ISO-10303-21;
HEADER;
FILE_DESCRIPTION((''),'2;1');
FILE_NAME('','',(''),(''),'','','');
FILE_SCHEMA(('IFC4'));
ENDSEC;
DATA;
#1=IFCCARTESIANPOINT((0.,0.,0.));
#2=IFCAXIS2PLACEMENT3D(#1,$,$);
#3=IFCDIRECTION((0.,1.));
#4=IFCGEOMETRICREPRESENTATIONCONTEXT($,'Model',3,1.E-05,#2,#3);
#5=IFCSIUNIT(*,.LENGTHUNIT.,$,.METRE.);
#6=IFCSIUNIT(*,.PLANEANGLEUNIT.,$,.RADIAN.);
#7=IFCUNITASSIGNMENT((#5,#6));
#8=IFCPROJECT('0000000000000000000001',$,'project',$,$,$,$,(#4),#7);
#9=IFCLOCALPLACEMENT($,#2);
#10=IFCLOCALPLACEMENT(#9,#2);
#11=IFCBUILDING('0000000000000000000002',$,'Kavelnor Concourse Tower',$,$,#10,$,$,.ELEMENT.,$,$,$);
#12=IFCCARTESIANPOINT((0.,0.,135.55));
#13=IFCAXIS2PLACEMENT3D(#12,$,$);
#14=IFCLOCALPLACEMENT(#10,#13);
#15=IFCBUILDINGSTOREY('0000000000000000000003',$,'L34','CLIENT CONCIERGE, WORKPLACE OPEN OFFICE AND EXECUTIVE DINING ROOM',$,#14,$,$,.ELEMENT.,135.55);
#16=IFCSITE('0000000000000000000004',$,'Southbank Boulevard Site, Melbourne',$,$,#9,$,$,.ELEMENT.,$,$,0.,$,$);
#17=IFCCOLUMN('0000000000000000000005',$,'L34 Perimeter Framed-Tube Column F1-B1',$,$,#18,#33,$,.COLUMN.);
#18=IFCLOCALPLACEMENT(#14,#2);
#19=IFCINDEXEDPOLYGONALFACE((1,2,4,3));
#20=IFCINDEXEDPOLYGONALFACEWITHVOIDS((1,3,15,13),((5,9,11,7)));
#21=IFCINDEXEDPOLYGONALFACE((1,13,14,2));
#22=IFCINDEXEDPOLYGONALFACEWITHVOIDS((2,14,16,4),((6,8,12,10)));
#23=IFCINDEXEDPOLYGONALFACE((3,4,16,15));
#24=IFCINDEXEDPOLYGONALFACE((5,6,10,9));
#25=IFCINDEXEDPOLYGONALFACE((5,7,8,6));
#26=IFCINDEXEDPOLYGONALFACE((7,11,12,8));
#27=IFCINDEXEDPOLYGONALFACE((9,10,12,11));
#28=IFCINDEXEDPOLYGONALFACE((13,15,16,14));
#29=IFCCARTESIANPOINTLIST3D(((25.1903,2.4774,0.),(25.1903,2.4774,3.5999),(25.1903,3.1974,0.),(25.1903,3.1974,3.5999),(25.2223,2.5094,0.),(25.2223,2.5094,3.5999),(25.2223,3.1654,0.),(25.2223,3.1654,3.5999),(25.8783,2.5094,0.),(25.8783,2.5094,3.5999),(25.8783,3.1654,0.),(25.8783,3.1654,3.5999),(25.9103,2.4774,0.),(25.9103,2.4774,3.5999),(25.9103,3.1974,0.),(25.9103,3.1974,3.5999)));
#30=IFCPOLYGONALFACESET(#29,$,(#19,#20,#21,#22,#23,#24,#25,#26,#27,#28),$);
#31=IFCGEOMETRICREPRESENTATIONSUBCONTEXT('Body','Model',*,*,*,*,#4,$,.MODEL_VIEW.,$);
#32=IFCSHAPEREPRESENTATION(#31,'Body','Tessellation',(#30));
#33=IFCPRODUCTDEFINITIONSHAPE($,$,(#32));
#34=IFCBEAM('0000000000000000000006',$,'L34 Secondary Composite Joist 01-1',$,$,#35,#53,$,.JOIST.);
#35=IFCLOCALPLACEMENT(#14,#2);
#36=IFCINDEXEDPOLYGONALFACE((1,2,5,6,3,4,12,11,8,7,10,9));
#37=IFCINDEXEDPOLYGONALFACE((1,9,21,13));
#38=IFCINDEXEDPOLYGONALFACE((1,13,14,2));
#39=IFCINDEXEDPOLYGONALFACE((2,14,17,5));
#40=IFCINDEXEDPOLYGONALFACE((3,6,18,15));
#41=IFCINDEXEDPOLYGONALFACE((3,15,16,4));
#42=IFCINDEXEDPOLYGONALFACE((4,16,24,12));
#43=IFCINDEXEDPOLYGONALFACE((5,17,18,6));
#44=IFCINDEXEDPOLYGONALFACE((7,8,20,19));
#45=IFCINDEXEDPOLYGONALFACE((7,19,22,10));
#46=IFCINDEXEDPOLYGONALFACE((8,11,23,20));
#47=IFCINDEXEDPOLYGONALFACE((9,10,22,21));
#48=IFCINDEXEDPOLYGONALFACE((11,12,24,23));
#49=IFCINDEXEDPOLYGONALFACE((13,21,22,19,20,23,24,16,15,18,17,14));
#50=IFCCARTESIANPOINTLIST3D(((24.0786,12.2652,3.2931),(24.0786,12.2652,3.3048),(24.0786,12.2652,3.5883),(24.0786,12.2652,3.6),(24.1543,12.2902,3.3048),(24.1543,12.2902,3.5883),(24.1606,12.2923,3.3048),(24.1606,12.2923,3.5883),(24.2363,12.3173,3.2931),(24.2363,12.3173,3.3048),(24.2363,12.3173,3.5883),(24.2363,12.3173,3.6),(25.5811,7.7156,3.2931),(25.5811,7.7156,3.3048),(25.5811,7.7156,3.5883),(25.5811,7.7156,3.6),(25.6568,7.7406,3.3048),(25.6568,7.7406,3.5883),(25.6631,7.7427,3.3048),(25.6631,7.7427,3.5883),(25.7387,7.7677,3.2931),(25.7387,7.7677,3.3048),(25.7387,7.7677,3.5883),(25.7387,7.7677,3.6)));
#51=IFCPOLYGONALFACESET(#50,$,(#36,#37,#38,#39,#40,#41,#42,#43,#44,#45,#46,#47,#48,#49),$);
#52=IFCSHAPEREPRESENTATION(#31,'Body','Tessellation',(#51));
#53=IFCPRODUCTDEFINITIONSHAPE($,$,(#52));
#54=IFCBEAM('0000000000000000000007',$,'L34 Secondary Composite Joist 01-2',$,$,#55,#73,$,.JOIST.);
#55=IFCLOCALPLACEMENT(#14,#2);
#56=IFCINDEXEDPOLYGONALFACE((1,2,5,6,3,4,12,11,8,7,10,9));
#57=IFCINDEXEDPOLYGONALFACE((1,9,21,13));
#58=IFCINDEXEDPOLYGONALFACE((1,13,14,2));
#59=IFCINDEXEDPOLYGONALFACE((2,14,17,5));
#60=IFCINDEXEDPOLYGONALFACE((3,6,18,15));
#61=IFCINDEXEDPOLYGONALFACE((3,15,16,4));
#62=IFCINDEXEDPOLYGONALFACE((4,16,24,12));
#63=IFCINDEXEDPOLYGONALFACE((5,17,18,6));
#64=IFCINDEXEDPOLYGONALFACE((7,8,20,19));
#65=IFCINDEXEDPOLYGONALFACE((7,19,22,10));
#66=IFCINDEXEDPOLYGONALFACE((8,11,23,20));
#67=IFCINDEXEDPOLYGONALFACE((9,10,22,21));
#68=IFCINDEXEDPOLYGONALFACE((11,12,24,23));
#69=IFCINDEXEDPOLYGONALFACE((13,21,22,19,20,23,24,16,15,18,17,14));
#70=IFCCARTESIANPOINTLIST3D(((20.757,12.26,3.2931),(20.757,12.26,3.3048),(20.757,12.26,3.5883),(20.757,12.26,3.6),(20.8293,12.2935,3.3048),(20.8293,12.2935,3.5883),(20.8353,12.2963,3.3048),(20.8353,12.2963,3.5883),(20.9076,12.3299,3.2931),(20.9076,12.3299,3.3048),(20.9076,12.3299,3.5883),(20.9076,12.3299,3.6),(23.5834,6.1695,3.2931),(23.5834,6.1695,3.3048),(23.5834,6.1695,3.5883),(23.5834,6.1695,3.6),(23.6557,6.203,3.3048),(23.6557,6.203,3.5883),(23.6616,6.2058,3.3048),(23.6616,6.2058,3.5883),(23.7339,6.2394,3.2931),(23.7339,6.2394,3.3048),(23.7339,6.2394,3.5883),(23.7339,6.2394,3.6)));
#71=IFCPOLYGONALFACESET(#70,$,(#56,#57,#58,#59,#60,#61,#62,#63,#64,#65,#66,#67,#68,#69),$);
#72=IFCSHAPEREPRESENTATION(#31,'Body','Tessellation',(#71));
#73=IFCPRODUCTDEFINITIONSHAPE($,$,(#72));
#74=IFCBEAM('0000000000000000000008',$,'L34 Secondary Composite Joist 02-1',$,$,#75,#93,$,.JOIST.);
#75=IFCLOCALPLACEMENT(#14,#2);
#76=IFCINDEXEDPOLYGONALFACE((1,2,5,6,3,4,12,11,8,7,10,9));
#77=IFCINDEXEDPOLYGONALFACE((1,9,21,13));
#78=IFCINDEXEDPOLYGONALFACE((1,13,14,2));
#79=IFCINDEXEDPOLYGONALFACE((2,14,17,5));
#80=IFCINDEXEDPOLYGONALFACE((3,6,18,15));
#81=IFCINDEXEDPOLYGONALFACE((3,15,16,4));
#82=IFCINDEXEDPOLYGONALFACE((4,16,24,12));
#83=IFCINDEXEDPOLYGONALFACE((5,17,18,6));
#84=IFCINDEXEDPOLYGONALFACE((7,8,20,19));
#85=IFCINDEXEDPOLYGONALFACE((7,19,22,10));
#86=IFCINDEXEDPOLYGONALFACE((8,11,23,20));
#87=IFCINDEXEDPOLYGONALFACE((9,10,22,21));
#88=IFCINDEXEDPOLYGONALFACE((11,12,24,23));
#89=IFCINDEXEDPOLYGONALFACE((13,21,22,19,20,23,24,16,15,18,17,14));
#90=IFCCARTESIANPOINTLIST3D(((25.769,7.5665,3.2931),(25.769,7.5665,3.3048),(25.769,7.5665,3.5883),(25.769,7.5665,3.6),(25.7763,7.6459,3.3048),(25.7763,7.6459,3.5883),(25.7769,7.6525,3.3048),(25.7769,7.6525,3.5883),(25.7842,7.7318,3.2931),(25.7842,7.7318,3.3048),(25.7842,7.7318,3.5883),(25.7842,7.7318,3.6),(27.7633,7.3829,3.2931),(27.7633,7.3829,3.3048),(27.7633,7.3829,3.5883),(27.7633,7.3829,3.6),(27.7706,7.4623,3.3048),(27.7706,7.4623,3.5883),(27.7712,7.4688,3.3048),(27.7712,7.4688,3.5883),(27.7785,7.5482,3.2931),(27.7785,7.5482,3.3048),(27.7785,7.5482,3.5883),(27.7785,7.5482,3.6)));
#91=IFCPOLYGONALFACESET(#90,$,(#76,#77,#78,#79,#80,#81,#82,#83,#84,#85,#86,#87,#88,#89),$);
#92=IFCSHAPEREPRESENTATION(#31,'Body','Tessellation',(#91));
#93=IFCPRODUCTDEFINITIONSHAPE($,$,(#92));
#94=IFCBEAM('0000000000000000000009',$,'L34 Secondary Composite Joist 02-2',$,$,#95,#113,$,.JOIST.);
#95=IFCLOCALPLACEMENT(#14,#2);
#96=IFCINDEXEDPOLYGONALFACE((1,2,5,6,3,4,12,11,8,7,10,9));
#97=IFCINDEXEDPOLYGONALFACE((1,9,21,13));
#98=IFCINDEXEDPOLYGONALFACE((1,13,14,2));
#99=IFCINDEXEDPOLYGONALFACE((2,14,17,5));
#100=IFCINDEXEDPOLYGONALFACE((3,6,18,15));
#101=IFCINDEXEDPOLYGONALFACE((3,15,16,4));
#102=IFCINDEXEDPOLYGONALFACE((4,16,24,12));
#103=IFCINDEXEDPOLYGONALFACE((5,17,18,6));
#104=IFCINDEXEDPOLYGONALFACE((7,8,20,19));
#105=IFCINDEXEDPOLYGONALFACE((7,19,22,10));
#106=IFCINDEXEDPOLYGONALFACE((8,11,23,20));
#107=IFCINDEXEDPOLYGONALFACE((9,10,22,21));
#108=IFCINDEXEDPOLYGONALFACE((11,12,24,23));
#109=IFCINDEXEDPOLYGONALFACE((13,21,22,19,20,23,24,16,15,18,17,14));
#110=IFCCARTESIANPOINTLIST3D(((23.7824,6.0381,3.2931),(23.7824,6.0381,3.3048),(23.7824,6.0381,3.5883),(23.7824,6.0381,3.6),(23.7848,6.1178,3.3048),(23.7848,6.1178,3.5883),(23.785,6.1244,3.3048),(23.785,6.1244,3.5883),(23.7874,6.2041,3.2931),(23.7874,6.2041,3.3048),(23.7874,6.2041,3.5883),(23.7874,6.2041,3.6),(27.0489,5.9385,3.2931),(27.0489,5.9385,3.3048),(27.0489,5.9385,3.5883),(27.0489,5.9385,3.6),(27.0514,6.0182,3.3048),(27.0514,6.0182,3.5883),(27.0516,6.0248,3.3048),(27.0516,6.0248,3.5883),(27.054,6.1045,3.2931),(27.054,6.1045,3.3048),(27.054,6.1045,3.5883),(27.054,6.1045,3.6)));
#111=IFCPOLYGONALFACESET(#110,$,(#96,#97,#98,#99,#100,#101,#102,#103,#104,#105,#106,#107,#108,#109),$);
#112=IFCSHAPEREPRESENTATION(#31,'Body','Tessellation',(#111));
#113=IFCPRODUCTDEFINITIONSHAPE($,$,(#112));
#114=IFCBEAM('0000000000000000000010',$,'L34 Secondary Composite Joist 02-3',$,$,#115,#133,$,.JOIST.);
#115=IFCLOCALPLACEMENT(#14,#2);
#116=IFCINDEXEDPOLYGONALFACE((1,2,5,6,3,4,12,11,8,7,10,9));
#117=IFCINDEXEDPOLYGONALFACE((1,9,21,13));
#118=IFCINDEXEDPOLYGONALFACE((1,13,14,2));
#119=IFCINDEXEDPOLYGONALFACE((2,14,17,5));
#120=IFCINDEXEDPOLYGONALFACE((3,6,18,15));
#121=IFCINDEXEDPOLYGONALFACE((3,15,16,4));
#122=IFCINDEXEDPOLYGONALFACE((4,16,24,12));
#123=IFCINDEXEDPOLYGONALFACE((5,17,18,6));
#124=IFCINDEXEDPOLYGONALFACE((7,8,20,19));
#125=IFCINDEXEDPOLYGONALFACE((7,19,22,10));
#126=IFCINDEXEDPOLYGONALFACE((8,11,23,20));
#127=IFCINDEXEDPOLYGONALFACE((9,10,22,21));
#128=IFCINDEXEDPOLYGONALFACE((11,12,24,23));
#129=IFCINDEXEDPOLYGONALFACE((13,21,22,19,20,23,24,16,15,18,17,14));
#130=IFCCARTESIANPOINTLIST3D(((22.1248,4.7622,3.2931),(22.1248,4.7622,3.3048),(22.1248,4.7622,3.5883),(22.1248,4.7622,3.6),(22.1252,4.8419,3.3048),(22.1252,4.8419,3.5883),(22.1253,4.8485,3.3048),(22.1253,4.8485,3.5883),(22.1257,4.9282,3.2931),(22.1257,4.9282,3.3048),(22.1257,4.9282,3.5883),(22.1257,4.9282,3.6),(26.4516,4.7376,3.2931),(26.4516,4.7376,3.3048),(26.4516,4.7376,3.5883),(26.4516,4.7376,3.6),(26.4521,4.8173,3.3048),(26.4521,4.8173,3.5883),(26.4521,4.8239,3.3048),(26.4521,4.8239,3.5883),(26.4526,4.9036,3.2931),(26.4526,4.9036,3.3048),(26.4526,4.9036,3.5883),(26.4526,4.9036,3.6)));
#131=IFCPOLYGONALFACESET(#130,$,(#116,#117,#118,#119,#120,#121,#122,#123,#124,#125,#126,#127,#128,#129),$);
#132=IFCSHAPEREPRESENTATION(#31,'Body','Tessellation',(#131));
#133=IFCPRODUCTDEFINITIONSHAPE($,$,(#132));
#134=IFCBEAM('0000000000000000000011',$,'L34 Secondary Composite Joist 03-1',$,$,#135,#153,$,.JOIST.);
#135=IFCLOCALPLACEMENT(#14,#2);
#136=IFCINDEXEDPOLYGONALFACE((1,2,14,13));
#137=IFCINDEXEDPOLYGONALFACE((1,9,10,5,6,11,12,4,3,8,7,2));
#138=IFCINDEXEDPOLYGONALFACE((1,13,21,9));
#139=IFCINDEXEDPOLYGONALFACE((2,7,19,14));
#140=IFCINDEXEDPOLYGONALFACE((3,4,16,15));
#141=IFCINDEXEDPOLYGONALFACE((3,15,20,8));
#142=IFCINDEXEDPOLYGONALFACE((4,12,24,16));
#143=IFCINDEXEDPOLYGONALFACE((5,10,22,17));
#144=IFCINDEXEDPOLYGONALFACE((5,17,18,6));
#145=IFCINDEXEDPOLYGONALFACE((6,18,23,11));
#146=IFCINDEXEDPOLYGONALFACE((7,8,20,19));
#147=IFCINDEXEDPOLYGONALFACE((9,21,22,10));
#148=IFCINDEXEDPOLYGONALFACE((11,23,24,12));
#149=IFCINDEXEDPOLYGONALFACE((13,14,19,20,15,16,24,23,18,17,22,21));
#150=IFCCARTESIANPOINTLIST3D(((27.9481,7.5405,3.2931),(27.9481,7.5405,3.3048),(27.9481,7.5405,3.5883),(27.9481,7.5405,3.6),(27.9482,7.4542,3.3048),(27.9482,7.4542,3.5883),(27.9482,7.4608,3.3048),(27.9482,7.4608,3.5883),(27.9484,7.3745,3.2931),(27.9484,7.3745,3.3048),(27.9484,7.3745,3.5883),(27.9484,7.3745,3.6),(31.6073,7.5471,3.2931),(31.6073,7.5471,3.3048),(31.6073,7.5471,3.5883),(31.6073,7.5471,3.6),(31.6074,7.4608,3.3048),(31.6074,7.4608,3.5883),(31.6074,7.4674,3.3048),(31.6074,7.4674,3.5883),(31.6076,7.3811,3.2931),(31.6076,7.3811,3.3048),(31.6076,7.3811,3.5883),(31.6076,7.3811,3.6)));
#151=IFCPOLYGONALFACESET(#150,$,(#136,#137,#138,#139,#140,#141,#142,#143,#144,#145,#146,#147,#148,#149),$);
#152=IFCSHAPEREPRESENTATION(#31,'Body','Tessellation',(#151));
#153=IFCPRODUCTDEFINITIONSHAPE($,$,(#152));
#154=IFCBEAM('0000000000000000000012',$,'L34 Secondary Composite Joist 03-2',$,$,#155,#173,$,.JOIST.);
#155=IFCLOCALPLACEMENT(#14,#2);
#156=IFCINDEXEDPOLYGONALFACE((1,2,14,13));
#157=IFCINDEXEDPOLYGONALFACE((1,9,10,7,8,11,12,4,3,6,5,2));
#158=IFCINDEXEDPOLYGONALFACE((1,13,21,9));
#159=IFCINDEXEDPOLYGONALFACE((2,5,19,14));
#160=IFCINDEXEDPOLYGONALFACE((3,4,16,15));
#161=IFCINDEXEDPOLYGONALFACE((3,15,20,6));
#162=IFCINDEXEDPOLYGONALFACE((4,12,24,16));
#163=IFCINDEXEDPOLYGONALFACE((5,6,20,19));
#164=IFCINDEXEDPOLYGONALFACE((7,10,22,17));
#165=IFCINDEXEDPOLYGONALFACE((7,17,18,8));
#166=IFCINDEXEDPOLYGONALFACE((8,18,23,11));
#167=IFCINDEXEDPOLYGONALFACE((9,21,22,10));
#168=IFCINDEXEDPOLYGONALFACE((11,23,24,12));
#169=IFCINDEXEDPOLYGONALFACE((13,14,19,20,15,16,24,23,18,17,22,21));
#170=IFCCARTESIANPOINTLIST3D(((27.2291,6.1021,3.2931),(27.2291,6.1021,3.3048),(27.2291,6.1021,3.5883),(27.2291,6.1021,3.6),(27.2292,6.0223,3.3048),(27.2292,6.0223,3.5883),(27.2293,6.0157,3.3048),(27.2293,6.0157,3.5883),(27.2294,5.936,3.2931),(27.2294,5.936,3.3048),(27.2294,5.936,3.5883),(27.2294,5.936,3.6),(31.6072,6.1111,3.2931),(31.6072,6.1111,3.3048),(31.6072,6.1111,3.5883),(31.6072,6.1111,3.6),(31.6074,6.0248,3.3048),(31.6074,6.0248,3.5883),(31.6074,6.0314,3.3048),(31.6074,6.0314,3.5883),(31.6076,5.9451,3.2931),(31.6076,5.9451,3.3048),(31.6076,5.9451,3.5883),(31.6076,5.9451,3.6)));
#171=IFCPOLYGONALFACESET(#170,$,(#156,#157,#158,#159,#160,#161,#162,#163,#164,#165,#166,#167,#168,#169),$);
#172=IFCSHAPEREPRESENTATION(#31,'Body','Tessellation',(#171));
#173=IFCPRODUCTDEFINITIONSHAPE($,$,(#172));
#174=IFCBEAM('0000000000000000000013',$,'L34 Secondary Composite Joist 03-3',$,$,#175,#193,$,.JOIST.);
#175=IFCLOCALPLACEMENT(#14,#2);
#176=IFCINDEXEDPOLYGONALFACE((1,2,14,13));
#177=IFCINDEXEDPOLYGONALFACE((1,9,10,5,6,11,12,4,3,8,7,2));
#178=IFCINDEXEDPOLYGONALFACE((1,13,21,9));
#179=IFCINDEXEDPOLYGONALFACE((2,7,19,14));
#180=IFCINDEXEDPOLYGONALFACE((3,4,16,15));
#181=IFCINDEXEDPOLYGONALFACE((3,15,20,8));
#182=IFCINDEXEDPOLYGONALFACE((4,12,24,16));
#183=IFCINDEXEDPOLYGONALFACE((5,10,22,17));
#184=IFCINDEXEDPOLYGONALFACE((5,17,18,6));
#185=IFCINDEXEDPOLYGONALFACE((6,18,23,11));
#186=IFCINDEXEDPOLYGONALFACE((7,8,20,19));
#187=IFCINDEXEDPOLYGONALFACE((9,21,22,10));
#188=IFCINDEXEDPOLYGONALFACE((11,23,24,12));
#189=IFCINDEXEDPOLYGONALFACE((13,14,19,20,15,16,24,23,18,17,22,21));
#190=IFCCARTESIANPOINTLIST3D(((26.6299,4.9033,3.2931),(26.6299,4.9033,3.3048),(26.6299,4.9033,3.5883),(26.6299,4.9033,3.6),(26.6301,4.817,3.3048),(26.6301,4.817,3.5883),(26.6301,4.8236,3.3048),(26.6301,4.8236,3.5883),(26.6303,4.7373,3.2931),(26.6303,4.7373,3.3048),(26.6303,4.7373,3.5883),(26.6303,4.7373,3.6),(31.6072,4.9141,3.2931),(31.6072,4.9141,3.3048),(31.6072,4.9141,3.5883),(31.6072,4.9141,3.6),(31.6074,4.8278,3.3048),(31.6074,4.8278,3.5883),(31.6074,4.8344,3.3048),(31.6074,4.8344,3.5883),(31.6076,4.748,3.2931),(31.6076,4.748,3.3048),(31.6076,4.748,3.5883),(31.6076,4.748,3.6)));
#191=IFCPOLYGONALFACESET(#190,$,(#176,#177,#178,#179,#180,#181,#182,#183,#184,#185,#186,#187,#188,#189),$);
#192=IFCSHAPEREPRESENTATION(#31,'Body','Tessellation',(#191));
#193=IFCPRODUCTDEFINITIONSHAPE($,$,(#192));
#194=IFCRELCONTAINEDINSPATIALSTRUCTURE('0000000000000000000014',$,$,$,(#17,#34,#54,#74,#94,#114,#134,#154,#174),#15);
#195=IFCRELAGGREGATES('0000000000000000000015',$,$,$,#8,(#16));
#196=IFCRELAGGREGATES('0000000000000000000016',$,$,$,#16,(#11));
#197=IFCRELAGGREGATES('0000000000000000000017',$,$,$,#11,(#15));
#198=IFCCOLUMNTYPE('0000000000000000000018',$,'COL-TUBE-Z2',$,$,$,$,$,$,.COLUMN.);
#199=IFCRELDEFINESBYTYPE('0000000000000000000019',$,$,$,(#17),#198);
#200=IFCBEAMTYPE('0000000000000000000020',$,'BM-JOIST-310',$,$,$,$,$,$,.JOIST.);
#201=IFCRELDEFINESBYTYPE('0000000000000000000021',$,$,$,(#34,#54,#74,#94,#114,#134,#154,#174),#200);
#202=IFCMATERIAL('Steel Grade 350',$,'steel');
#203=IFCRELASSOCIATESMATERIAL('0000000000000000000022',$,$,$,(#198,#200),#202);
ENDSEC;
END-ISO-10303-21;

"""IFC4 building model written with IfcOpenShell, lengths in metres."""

from ifc_helpers import new_model, si_unit, direction, frame, origin, origin_2d, place, context, subcontext, project, spatial, hollow_rectangle, i_section, extrude, material, material_profile, profile_set, type_object, element, save


model = new_model("IFC4")

# Units and contexts
model_context = context("Model", 3, precision=1e-05, world=origin(), true_north=direction((0.0, 1.0)))
body_context = subcontext(model_context, "Body", "Model", "MODEL_VIEW")
ifc_project = project(units=[si_unit("LENGTHUNIT", "METRE"), si_unit("PLANEANGLEUNIT", "RADIAN")], contexts=[model_context])

# Site, building, storey
site_placement = place(None, origin())
site = spatial("IfcSite", under=ifc_project, at=site_placement, Name="Southbank Boulevard Site, Melbourne", CompositionType="ELEMENT", RefElevation=0.0)
building_placement = place(site_placement, origin())
building = spatial("IfcBuilding", under=site, at=building_placement, Name="Kavelnor Concourse Tower", CompositionType="ELEMENT")
storey_placement = place(building_placement, frame((0.0, 0.0, 135.55)))
storey = spatial("IfcBuildingStorey", under=building, at=storey_placement, Name="L34", Description="CLIENT CONCIERGE, WORKPLACE OPEN OFFICE AND EXECUTIVE DINING ROOM", CompositionType="ELEMENT", Elevation=135.55)

# Column
ifc_material_1 = material(Name="Steel Grade 350", Category="steel")
ifc_material_profile_1 = material_profile(ifc_material_1, hollow_rectangle(XDim=0.72, YDim=0.72, WallThickness=0.032, at=origin_2d()), Name="SHS 720x720x32")
ifc_profile_set_1 = profile_set([ifc_material_profile_1], Name="Steel Grade 350")
column_type = type_object("IfcColumnType", Name="COL-TUBE-Z2", PredefinedType="COLUMN", material=ifc_profile_set_1)
column_placement = place(storey_placement, frame((25.5503, 2.8374, 0.0), z_axis=(0.0, 0.0, 1.0), x_axis=(1.0, 0.0, 0.0)))
element("IfcColumn", 1, at=column_placement, inside=storey, type_object=column_type, Name="L34 Perimeter Framed-Tube Column F1-B1", PredefinedType="COLUMN", context=body_context, shape_type="SweptSolid", body=[
    extrude(hollow_rectangle(XDim=0.72, YDim=0.72, WallThickness=0.032, at=origin_2d()), origin(), (0.0, 0.0, 1.0), 3.5999),
])

# Beams
ifc_material_profile_2 = material_profile(ifc_material_1, i_section(OverallWidth=0.166, OverallDepth=0.3069, WebThickness=0.0066, FlangeThickness=0.0117, at=origin_2d()), Name="310UB46")
ifc_profile_set_2 = profile_set([ifc_material_profile_2], Name="Steel Grade 350")
beam_type_1 = type_object("IfcBeamType", Name="BM-JOIST-310", PredefinedType="JOIST", material=ifc_profile_set_2)
beam_1_placement = place(storey_placement, frame((24.1575, 12.2913, 3.4465), z_axis=(0.313582, -0.949561, 0.0), x_axis=(0.949561, 0.313582, 0.0)))
element("IfcBeam", 2, at=beam_1_placement, inside=storey, type_object=beam_type_1, Name="L34 Secondary Composite Joist 01-1", PredefinedType="JOIST", context=body_context, shape_type="SweptSolid", body=[
    extrude(i_section(OverallWidth=0.166, OverallDepth=0.3069, WebThickness=0.0066, FlangeThickness=0.0117, at=origin_2d()), origin(), (0.0, 0.0, 1.0), 4.7913),
])
beam_2_placement = place(storey_placement, frame((20.8323, 12.2949, 3.4465), z_axis=(0.420946, -0.907086, 0.0), x_axis=(0.907086, 0.420946, 0.0)))
element("IfcBeam", 3, at=beam_2_placement, inside=storey, type_object=beam_type_1, Name="L34 Secondary Composite Joist 01-2", PredefinedType="JOIST", context=body_context, shape_type="SweptSolid", body=[
    extrude(i_section(OverallWidth=0.166, OverallDepth=0.3069, WebThickness=0.0066, FlangeThickness=0.0117, at=origin_2d()), origin(), (0.0, 0.0, 1.0), 6.7144),
])
beam_3_placement = place(storey_placement, frame((25.7766, 7.6492, 3.4465), z_axis=(0.995789, -0.091679, 0.0), x_axis=(0.091679, 0.995789, 0.0)))
element("IfcBeam", 4, at=beam_3_placement, inside=storey, type_object=beam_type_1, Name="L34 Secondary Composite Joist 02-1", PredefinedType="JOIST", context=body_context, shape_type="SweptSolid", body=[
    extrude(i_section(OverallWidth=0.166, OverallDepth=0.3069, WebThickness=0.0066, FlangeThickness=0.0117, at=origin_2d()), origin(), (0.0, 0.0, 1.0), 2.0027),
])
beam_4_placement = place(storey_placement, frame((23.7849, 6.1211, 3.4465), z_axis=(0.999535, -0.030479, 0.0), x_axis=(0.030479, 0.999535, 0.0)))
element("IfcBeam", 5, at=beam_4_placement, inside=storey, type_object=beam_type_1, Name="L34 Secondary Composite Joist 02-2", PredefinedType="JOIST", context=body_context, shape_type="SweptSolid", body=[
    extrude(i_section(OverallWidth=0.166, OverallDepth=0.3069, WebThickness=0.0066, FlangeThickness=0.0117, at=origin_2d()), origin(), (0.0, 0.0, 1.0), 3.2681),
])
beam_5_placement = place(storey_placement, frame((22.1252, 4.8452, 3.4465), z_axis=(0.999984, -0.005699, 0.0), x_axis=(0.005699, 0.999984, 0.0)))
element("IfcBeam", 6, at=beam_5_placement, inside=storey, type_object=beam_type_1, Name="L34 Secondary Composite Joist 02-3", PredefinedType="JOIST", context=body_context, shape_type="SweptSolid", body=[
    extrude(i_section(OverallWidth=0.166, OverallDepth=0.3069, WebThickness=0.0066, FlangeThickness=0.0117, at=origin_2d()), origin(), (0.0, 0.0, 1.0), 4.3269),
])
beam_6_placement = place(storey_placement, frame((27.9482, 7.4575, 3.4465), z_axis=(0.999998, 0.001801, 0.0), x_axis=(-0.001801, 0.999998, 0.0)))
element("IfcBeam", 7, at=beam_6_placement, inside=storey, type_object=beam_type_1, Name="L34 Secondary Composite Joist 03-1", PredefinedType="JOIST", context=body_context, shape_type="SweptSolid", body=[
    extrude(i_section(OverallWidth=0.166, OverallDepth=0.3069, WebThickness=0.0066, FlangeThickness=0.0117, at=origin_2d()), origin(), (0.0, 0.0, 1.0), 3.6592),
])
beam_7_placement = place(storey_placement, frame((27.2292, 6.019, 3.4465), z_axis=(0.999998, 0.002063, 0.0), x_axis=(-0.002063, 0.999998, 0.0)))
element("IfcBeam", 8, at=beam_7_placement, inside=storey, type_object=beam_type_1, Name="L34 Secondary Composite Joist 03-2", PredefinedType="JOIST", context=body_context, shape_type="SweptSolid", body=[
    extrude(i_section(OverallWidth=0.166, OverallDepth=0.3069, WebThickness=0.0066, FlangeThickness=0.0117, at=origin_2d()), origin(), (0.0, 0.0, 1.0), 4.3782),
])
beam_8_placement = place(storey_placement, frame((26.6301, 4.8203, 3.4465), z_axis=(0.999998, 0.002158, 0.0), x_axis=(-0.002158, 0.999998, 0.0)))
element("IfcBeam", 9, at=beam_8_placement, inside=storey, type_object=beam_type_1, Name="L34 Secondary Composite Joist 03-3", PredefinedType="JOIST", context=body_context, shape_type="SweptSolid", body=[
    extrude(i_section(OverallWidth=0.166, OverallDepth=0.3069, WebThickness=0.0066, FlangeThickness=0.0117, at=origin_2d()), origin(), (0.0, 0.0, 1.0), 4.9773),
])

save(model, "model.ifc")
